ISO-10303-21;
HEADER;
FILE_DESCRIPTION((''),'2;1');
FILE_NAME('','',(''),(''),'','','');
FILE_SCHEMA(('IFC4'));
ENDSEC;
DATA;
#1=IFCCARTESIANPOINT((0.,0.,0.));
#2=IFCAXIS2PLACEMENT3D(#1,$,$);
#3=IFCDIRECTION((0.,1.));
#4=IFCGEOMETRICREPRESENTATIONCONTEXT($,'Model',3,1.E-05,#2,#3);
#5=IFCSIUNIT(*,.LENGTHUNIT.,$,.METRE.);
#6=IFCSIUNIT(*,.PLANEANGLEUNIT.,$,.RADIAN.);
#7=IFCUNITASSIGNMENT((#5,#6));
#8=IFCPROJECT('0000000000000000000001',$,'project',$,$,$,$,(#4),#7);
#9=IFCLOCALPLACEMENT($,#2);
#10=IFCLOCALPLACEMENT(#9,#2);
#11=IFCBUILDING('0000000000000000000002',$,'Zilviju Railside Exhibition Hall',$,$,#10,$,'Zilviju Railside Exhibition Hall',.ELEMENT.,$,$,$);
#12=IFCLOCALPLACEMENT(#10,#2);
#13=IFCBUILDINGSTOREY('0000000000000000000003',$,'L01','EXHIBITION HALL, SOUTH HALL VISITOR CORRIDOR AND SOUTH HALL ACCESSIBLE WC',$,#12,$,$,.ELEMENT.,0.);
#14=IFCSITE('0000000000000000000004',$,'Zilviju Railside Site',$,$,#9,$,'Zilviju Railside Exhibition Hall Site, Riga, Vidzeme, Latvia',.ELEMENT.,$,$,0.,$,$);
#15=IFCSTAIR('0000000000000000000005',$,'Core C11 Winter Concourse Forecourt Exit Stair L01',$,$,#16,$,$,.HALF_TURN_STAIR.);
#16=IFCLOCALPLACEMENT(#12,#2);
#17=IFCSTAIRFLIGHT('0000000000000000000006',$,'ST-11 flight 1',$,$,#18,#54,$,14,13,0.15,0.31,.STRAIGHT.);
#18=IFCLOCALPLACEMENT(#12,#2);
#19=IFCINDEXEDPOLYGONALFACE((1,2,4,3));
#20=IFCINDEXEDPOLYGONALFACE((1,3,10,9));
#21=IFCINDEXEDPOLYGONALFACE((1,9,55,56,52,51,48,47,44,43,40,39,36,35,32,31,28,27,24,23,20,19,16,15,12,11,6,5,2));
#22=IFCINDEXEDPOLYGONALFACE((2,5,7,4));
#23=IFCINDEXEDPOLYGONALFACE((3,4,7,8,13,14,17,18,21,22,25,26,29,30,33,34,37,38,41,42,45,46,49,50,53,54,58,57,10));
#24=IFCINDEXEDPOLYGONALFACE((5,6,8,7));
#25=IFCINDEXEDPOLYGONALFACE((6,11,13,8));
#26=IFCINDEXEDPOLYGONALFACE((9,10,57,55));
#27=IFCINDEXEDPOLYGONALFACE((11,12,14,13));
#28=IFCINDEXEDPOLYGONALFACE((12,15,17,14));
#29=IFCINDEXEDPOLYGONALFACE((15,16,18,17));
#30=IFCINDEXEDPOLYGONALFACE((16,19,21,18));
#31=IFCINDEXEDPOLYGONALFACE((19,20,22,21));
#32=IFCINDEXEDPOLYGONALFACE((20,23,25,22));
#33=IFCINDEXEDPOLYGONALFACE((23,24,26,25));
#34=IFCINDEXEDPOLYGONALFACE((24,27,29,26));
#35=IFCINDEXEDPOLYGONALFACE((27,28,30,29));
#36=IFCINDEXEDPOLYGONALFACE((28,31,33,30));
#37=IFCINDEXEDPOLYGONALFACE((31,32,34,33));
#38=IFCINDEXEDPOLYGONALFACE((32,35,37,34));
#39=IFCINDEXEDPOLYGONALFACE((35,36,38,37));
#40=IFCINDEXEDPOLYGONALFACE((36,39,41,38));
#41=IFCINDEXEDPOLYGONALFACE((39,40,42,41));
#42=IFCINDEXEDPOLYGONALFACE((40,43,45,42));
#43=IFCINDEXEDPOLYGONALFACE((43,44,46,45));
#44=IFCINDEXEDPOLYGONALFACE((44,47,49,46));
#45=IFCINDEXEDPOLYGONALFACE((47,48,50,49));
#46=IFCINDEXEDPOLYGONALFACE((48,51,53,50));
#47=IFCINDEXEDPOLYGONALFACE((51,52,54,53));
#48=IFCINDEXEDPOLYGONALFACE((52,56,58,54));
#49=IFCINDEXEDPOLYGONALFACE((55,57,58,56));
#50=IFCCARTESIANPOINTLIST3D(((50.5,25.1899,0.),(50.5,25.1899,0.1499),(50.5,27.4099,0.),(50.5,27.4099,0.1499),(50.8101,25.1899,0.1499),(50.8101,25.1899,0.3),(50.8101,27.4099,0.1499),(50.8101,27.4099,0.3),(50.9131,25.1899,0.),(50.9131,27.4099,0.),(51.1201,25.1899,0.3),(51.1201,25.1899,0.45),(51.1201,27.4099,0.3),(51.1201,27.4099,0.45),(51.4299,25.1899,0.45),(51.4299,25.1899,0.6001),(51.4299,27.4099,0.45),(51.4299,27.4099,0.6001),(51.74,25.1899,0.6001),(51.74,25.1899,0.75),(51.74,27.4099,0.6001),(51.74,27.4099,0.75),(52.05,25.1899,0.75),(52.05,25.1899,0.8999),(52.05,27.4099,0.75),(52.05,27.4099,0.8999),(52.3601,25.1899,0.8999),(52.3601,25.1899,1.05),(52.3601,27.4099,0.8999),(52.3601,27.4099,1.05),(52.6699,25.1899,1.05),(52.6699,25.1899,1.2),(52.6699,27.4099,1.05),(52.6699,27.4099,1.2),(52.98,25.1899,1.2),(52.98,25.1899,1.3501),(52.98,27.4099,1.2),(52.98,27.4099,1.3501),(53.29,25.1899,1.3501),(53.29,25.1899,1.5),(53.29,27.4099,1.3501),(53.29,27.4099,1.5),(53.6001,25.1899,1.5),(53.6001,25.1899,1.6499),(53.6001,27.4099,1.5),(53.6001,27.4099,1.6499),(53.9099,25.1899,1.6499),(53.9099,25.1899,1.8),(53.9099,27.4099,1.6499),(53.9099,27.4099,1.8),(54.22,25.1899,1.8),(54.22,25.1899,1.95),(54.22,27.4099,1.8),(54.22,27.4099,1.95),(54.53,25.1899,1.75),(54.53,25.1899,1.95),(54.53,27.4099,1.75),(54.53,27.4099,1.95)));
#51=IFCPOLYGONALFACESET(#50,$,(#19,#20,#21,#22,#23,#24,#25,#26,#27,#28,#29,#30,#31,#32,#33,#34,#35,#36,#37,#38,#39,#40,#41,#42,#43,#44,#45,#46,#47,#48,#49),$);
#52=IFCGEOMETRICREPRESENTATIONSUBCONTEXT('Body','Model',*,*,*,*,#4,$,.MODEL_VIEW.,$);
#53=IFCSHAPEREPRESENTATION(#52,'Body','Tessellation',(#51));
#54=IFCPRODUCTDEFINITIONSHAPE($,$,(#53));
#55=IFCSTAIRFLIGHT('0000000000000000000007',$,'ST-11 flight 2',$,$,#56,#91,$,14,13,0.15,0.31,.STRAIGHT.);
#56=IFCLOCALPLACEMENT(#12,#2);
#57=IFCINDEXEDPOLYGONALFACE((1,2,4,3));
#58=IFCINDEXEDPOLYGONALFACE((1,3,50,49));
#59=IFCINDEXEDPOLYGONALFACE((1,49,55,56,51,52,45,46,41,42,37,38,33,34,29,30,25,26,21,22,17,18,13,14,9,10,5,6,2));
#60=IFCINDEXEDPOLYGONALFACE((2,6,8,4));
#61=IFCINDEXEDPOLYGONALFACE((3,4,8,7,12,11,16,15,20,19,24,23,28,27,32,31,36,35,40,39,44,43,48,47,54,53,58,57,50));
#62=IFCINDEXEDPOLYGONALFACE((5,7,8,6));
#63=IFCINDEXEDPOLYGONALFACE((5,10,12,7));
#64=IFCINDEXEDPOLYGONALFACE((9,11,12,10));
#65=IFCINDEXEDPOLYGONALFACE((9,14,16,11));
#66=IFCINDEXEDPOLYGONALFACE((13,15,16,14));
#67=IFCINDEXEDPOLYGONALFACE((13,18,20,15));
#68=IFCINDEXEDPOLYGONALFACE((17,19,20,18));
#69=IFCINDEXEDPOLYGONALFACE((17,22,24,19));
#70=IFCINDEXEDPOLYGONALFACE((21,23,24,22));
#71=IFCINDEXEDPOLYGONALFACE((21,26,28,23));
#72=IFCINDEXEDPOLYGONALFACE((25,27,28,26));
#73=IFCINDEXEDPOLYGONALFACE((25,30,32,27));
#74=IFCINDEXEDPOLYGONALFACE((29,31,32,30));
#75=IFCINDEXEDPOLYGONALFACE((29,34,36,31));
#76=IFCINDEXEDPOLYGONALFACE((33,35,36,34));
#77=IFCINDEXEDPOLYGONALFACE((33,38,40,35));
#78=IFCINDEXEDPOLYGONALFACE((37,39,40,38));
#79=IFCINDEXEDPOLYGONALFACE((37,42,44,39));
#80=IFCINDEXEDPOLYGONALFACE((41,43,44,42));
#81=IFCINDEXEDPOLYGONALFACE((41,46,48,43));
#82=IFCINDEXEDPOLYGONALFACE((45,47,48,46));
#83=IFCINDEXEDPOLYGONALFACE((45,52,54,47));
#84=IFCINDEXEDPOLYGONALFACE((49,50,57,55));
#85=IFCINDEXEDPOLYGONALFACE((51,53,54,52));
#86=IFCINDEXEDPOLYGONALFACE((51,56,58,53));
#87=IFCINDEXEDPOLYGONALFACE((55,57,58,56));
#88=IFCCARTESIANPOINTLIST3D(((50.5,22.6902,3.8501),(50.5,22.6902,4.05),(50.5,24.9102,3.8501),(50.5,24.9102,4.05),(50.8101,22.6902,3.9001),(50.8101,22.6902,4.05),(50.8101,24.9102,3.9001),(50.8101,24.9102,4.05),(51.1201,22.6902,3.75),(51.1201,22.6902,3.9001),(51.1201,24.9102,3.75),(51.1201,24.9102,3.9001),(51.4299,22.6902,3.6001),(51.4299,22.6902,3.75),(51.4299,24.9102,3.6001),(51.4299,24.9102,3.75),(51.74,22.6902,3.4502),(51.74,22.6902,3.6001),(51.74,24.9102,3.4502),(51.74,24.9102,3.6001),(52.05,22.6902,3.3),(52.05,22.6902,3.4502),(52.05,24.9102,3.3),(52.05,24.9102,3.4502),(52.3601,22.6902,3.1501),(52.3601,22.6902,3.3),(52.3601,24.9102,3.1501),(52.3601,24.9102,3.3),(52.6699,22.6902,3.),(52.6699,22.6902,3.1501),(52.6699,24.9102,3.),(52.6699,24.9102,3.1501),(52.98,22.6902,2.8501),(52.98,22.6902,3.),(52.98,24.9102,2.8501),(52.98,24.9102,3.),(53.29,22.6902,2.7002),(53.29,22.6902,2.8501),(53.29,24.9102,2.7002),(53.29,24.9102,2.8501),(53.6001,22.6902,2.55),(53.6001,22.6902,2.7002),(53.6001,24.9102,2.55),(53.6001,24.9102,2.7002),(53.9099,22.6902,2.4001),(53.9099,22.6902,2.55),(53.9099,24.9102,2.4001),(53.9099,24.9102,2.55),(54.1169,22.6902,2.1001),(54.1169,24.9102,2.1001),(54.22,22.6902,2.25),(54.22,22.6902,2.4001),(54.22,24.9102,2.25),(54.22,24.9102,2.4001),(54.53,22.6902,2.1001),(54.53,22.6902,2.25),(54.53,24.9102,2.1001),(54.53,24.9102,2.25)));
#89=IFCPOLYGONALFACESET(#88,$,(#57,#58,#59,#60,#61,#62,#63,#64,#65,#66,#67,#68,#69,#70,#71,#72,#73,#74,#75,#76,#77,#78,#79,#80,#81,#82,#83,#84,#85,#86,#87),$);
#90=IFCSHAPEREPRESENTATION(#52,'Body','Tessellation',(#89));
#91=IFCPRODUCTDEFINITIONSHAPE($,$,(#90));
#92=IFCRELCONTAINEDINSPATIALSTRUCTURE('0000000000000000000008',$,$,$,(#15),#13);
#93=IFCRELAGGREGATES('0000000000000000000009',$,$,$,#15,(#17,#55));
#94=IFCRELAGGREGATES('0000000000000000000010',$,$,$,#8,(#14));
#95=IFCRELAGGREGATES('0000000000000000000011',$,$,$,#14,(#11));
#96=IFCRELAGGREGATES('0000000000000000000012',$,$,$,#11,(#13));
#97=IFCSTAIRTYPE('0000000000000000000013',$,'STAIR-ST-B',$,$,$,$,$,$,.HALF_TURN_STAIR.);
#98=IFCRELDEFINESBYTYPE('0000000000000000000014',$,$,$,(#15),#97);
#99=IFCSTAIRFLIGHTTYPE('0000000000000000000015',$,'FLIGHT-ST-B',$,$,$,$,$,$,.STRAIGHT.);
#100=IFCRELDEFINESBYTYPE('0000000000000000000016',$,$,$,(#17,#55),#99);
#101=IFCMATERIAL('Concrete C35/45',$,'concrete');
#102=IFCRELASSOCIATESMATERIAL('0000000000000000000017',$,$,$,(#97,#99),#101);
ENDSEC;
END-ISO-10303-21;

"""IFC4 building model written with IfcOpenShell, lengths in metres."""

from ifc_helpers import new_model, si_unit, direction, frame, origin, place, context, subcontext, project, spatial, polyline, outline, extrude, material, type_object, element, aggregate, save


model = new_model("IFC4")

# Units and contexts
model_context = context("Model", 3, precision=1e-05, world=origin(), true_north=direction((0.0, 1.0)))
body_context = subcontext(model_context, "Body", "Model", "MODEL_VIEW")
ifc_project = project(units=[si_unit("LENGTHUNIT", "METRE"), si_unit("PLANEANGLEUNIT", "RADIAN")], contexts=[model_context])

# Site, building, storey
site_placement = place(None, origin())
site = spatial("IfcSite", under=ifc_project, at=site_placement, Name="Zilviju Railside Site", LongName="Zilviju Railside Exhibition Hall Site, Riga, Vidzeme, Latvia", CompositionType="ELEMENT", RefElevation=0.0)
building_placement = place(site_placement, origin())
building = spatial("IfcBuilding", under=site, at=building_placement, Name="Zilviju Railside Exhibition Hall", LongName="Zilviju Railside Exhibition Hall", CompositionType="ELEMENT")
storey_placement = place(building_placement, origin())
storey = spatial("IfcBuildingStorey", under=building, at=storey_placement, Name="L01", Description="EXHIBITION HALL, SOUTH HALL VISITOR CORRIDOR AND SOUTH HALL ACCESSIBLE WC", CompositionType="ELEMENT", Elevation=0.0)

# Shared definitions
ifc_material_1 = material(Name="Concrete C35/45", Category="concrete")

# Stair, stair flights
stair_type = type_object("IfcStairType", Name="STAIR-ST-B", PredefinedType="HALF_TURN_STAIR", material=ifc_material_1)
stair_placement = place(storey_placement, origin())
stair = element("IfcStair", 1, at=stair_placement, inside=storey, type_object=stair_type, Name="Core C11 Winter Concourse Forecourt Exit Stair L01", PredefinedType="HALF_TURN_STAIR")
stair_flight_type = type_object("IfcStairFlightType", Name="FLIGHT-ST-B", PredefinedType="STRAIGHT", material=ifc_material_1)
stair_flight_1_placement = place(storey_placement, frame((50.5, 26.3, 0.0), z_axis=(0.0, 0.0, 1.0), x_axis=(1.0, 0.0, 0.0)))
stair_flight_1 = element("IfcStairFlight", 2, at=stair_flight_1_placement, type_object=stair_flight_type, Name="ST-11 flight 1", NumberOfRisers=14, NumberOfTreads=13, PredefinedType="STRAIGHT", RiserHeight=0.15, TreadLength=0.31, context=body_context, shape_type="SweptSolid", body=[
    extrude(outline(polyline([(0.0, 0.0), (0.0, 0.1499), (0.3101, 0.1499), (0.3101, 0.3), (0.6201, 0.3), (0.6201, 0.45), (0.9299, 0.45), (0.9299, 0.6001), (1.24, 0.6001), (1.24, 0.75), (1.55, 0.75), (1.55, 0.8999), (1.8601, 0.8999), (1.8601, 1.05), (2.1699, 1.05), (2.1699, 1.2), (2.48, 1.2), (2.48, 1.3501), (2.79, 1.3501), (2.79, 1.5), (3.1001, 1.5), (3.1001, 1.6499), (3.4099, 1.6499), (3.4099, 1.8), (3.72, 1.8), (3.72, 1.95), (4.03, 1.95), (4.03, 2.1001), (4.03, 1.75), (0.4131, 0.0), (0.0, 0.0)])), frame((0.0, 1.1099, 0.0), z_axis=(0.0, -1.0, 0.0), x_axis=(1.0, 0.0, 0.0)), (0.0, 0.0, 1.0), 2.22),
])
stair_flight_2_placement = place(storey_placement, frame((54.53, 23.8, 2.1001), z_axis=(0.0, 0.0, 1.0), x_axis=(-1.0, 0.0, 0.0)))
stair_flight_2 = element("IfcStairFlight", 3, at=stair_flight_2_placement, type_object=stair_flight_type, Name="ST-11 flight 2", NumberOfRisers=14, NumberOfTreads=13, PredefinedType="STRAIGHT", RiserHeight=0.15, TreadLength=0.31, context=body_context, shape_type="SweptSolid", body=[
    extrude(outline(polyline([(0.0, 0.0), (0.0, 0.1499), (0.3101, 0.1499), (0.3101, 0.3), (0.6201, 0.3), (0.6201, 0.45), (0.9299, 0.45), (0.9299, 0.6001), (1.24, 0.6001), (1.24, 0.75), (1.55, 0.75), (1.55, 0.8999), (1.8601, 0.8999), (1.8601, 1.05), (2.1699, 1.05), (2.1699, 1.2), (2.48, 1.2), (2.48, 1.3501), (2.79, 1.3501), (2.79, 1.5), (3.1001, 1.5), (3.1001, 1.6499), (3.4099, 1.6499), (3.4099, 1.8), (3.72, 1.8), (3.72, 1.95), (4.03, 1.95), (4.03, 2.1001), (4.03, 1.75), (0.4131, 0.0), (0.0, 0.0)])), frame((0.0, 1.1099, 0.0), z_axis=(0.0, -1.0, 0.0), x_axis=(1.0, 0.0, 0.0)), (0.0, 0.0, 1.0), 2.22),
])
aggregate(stair, [stair_flight_1, stair_flight_2])

save(model, "model.ifc")
